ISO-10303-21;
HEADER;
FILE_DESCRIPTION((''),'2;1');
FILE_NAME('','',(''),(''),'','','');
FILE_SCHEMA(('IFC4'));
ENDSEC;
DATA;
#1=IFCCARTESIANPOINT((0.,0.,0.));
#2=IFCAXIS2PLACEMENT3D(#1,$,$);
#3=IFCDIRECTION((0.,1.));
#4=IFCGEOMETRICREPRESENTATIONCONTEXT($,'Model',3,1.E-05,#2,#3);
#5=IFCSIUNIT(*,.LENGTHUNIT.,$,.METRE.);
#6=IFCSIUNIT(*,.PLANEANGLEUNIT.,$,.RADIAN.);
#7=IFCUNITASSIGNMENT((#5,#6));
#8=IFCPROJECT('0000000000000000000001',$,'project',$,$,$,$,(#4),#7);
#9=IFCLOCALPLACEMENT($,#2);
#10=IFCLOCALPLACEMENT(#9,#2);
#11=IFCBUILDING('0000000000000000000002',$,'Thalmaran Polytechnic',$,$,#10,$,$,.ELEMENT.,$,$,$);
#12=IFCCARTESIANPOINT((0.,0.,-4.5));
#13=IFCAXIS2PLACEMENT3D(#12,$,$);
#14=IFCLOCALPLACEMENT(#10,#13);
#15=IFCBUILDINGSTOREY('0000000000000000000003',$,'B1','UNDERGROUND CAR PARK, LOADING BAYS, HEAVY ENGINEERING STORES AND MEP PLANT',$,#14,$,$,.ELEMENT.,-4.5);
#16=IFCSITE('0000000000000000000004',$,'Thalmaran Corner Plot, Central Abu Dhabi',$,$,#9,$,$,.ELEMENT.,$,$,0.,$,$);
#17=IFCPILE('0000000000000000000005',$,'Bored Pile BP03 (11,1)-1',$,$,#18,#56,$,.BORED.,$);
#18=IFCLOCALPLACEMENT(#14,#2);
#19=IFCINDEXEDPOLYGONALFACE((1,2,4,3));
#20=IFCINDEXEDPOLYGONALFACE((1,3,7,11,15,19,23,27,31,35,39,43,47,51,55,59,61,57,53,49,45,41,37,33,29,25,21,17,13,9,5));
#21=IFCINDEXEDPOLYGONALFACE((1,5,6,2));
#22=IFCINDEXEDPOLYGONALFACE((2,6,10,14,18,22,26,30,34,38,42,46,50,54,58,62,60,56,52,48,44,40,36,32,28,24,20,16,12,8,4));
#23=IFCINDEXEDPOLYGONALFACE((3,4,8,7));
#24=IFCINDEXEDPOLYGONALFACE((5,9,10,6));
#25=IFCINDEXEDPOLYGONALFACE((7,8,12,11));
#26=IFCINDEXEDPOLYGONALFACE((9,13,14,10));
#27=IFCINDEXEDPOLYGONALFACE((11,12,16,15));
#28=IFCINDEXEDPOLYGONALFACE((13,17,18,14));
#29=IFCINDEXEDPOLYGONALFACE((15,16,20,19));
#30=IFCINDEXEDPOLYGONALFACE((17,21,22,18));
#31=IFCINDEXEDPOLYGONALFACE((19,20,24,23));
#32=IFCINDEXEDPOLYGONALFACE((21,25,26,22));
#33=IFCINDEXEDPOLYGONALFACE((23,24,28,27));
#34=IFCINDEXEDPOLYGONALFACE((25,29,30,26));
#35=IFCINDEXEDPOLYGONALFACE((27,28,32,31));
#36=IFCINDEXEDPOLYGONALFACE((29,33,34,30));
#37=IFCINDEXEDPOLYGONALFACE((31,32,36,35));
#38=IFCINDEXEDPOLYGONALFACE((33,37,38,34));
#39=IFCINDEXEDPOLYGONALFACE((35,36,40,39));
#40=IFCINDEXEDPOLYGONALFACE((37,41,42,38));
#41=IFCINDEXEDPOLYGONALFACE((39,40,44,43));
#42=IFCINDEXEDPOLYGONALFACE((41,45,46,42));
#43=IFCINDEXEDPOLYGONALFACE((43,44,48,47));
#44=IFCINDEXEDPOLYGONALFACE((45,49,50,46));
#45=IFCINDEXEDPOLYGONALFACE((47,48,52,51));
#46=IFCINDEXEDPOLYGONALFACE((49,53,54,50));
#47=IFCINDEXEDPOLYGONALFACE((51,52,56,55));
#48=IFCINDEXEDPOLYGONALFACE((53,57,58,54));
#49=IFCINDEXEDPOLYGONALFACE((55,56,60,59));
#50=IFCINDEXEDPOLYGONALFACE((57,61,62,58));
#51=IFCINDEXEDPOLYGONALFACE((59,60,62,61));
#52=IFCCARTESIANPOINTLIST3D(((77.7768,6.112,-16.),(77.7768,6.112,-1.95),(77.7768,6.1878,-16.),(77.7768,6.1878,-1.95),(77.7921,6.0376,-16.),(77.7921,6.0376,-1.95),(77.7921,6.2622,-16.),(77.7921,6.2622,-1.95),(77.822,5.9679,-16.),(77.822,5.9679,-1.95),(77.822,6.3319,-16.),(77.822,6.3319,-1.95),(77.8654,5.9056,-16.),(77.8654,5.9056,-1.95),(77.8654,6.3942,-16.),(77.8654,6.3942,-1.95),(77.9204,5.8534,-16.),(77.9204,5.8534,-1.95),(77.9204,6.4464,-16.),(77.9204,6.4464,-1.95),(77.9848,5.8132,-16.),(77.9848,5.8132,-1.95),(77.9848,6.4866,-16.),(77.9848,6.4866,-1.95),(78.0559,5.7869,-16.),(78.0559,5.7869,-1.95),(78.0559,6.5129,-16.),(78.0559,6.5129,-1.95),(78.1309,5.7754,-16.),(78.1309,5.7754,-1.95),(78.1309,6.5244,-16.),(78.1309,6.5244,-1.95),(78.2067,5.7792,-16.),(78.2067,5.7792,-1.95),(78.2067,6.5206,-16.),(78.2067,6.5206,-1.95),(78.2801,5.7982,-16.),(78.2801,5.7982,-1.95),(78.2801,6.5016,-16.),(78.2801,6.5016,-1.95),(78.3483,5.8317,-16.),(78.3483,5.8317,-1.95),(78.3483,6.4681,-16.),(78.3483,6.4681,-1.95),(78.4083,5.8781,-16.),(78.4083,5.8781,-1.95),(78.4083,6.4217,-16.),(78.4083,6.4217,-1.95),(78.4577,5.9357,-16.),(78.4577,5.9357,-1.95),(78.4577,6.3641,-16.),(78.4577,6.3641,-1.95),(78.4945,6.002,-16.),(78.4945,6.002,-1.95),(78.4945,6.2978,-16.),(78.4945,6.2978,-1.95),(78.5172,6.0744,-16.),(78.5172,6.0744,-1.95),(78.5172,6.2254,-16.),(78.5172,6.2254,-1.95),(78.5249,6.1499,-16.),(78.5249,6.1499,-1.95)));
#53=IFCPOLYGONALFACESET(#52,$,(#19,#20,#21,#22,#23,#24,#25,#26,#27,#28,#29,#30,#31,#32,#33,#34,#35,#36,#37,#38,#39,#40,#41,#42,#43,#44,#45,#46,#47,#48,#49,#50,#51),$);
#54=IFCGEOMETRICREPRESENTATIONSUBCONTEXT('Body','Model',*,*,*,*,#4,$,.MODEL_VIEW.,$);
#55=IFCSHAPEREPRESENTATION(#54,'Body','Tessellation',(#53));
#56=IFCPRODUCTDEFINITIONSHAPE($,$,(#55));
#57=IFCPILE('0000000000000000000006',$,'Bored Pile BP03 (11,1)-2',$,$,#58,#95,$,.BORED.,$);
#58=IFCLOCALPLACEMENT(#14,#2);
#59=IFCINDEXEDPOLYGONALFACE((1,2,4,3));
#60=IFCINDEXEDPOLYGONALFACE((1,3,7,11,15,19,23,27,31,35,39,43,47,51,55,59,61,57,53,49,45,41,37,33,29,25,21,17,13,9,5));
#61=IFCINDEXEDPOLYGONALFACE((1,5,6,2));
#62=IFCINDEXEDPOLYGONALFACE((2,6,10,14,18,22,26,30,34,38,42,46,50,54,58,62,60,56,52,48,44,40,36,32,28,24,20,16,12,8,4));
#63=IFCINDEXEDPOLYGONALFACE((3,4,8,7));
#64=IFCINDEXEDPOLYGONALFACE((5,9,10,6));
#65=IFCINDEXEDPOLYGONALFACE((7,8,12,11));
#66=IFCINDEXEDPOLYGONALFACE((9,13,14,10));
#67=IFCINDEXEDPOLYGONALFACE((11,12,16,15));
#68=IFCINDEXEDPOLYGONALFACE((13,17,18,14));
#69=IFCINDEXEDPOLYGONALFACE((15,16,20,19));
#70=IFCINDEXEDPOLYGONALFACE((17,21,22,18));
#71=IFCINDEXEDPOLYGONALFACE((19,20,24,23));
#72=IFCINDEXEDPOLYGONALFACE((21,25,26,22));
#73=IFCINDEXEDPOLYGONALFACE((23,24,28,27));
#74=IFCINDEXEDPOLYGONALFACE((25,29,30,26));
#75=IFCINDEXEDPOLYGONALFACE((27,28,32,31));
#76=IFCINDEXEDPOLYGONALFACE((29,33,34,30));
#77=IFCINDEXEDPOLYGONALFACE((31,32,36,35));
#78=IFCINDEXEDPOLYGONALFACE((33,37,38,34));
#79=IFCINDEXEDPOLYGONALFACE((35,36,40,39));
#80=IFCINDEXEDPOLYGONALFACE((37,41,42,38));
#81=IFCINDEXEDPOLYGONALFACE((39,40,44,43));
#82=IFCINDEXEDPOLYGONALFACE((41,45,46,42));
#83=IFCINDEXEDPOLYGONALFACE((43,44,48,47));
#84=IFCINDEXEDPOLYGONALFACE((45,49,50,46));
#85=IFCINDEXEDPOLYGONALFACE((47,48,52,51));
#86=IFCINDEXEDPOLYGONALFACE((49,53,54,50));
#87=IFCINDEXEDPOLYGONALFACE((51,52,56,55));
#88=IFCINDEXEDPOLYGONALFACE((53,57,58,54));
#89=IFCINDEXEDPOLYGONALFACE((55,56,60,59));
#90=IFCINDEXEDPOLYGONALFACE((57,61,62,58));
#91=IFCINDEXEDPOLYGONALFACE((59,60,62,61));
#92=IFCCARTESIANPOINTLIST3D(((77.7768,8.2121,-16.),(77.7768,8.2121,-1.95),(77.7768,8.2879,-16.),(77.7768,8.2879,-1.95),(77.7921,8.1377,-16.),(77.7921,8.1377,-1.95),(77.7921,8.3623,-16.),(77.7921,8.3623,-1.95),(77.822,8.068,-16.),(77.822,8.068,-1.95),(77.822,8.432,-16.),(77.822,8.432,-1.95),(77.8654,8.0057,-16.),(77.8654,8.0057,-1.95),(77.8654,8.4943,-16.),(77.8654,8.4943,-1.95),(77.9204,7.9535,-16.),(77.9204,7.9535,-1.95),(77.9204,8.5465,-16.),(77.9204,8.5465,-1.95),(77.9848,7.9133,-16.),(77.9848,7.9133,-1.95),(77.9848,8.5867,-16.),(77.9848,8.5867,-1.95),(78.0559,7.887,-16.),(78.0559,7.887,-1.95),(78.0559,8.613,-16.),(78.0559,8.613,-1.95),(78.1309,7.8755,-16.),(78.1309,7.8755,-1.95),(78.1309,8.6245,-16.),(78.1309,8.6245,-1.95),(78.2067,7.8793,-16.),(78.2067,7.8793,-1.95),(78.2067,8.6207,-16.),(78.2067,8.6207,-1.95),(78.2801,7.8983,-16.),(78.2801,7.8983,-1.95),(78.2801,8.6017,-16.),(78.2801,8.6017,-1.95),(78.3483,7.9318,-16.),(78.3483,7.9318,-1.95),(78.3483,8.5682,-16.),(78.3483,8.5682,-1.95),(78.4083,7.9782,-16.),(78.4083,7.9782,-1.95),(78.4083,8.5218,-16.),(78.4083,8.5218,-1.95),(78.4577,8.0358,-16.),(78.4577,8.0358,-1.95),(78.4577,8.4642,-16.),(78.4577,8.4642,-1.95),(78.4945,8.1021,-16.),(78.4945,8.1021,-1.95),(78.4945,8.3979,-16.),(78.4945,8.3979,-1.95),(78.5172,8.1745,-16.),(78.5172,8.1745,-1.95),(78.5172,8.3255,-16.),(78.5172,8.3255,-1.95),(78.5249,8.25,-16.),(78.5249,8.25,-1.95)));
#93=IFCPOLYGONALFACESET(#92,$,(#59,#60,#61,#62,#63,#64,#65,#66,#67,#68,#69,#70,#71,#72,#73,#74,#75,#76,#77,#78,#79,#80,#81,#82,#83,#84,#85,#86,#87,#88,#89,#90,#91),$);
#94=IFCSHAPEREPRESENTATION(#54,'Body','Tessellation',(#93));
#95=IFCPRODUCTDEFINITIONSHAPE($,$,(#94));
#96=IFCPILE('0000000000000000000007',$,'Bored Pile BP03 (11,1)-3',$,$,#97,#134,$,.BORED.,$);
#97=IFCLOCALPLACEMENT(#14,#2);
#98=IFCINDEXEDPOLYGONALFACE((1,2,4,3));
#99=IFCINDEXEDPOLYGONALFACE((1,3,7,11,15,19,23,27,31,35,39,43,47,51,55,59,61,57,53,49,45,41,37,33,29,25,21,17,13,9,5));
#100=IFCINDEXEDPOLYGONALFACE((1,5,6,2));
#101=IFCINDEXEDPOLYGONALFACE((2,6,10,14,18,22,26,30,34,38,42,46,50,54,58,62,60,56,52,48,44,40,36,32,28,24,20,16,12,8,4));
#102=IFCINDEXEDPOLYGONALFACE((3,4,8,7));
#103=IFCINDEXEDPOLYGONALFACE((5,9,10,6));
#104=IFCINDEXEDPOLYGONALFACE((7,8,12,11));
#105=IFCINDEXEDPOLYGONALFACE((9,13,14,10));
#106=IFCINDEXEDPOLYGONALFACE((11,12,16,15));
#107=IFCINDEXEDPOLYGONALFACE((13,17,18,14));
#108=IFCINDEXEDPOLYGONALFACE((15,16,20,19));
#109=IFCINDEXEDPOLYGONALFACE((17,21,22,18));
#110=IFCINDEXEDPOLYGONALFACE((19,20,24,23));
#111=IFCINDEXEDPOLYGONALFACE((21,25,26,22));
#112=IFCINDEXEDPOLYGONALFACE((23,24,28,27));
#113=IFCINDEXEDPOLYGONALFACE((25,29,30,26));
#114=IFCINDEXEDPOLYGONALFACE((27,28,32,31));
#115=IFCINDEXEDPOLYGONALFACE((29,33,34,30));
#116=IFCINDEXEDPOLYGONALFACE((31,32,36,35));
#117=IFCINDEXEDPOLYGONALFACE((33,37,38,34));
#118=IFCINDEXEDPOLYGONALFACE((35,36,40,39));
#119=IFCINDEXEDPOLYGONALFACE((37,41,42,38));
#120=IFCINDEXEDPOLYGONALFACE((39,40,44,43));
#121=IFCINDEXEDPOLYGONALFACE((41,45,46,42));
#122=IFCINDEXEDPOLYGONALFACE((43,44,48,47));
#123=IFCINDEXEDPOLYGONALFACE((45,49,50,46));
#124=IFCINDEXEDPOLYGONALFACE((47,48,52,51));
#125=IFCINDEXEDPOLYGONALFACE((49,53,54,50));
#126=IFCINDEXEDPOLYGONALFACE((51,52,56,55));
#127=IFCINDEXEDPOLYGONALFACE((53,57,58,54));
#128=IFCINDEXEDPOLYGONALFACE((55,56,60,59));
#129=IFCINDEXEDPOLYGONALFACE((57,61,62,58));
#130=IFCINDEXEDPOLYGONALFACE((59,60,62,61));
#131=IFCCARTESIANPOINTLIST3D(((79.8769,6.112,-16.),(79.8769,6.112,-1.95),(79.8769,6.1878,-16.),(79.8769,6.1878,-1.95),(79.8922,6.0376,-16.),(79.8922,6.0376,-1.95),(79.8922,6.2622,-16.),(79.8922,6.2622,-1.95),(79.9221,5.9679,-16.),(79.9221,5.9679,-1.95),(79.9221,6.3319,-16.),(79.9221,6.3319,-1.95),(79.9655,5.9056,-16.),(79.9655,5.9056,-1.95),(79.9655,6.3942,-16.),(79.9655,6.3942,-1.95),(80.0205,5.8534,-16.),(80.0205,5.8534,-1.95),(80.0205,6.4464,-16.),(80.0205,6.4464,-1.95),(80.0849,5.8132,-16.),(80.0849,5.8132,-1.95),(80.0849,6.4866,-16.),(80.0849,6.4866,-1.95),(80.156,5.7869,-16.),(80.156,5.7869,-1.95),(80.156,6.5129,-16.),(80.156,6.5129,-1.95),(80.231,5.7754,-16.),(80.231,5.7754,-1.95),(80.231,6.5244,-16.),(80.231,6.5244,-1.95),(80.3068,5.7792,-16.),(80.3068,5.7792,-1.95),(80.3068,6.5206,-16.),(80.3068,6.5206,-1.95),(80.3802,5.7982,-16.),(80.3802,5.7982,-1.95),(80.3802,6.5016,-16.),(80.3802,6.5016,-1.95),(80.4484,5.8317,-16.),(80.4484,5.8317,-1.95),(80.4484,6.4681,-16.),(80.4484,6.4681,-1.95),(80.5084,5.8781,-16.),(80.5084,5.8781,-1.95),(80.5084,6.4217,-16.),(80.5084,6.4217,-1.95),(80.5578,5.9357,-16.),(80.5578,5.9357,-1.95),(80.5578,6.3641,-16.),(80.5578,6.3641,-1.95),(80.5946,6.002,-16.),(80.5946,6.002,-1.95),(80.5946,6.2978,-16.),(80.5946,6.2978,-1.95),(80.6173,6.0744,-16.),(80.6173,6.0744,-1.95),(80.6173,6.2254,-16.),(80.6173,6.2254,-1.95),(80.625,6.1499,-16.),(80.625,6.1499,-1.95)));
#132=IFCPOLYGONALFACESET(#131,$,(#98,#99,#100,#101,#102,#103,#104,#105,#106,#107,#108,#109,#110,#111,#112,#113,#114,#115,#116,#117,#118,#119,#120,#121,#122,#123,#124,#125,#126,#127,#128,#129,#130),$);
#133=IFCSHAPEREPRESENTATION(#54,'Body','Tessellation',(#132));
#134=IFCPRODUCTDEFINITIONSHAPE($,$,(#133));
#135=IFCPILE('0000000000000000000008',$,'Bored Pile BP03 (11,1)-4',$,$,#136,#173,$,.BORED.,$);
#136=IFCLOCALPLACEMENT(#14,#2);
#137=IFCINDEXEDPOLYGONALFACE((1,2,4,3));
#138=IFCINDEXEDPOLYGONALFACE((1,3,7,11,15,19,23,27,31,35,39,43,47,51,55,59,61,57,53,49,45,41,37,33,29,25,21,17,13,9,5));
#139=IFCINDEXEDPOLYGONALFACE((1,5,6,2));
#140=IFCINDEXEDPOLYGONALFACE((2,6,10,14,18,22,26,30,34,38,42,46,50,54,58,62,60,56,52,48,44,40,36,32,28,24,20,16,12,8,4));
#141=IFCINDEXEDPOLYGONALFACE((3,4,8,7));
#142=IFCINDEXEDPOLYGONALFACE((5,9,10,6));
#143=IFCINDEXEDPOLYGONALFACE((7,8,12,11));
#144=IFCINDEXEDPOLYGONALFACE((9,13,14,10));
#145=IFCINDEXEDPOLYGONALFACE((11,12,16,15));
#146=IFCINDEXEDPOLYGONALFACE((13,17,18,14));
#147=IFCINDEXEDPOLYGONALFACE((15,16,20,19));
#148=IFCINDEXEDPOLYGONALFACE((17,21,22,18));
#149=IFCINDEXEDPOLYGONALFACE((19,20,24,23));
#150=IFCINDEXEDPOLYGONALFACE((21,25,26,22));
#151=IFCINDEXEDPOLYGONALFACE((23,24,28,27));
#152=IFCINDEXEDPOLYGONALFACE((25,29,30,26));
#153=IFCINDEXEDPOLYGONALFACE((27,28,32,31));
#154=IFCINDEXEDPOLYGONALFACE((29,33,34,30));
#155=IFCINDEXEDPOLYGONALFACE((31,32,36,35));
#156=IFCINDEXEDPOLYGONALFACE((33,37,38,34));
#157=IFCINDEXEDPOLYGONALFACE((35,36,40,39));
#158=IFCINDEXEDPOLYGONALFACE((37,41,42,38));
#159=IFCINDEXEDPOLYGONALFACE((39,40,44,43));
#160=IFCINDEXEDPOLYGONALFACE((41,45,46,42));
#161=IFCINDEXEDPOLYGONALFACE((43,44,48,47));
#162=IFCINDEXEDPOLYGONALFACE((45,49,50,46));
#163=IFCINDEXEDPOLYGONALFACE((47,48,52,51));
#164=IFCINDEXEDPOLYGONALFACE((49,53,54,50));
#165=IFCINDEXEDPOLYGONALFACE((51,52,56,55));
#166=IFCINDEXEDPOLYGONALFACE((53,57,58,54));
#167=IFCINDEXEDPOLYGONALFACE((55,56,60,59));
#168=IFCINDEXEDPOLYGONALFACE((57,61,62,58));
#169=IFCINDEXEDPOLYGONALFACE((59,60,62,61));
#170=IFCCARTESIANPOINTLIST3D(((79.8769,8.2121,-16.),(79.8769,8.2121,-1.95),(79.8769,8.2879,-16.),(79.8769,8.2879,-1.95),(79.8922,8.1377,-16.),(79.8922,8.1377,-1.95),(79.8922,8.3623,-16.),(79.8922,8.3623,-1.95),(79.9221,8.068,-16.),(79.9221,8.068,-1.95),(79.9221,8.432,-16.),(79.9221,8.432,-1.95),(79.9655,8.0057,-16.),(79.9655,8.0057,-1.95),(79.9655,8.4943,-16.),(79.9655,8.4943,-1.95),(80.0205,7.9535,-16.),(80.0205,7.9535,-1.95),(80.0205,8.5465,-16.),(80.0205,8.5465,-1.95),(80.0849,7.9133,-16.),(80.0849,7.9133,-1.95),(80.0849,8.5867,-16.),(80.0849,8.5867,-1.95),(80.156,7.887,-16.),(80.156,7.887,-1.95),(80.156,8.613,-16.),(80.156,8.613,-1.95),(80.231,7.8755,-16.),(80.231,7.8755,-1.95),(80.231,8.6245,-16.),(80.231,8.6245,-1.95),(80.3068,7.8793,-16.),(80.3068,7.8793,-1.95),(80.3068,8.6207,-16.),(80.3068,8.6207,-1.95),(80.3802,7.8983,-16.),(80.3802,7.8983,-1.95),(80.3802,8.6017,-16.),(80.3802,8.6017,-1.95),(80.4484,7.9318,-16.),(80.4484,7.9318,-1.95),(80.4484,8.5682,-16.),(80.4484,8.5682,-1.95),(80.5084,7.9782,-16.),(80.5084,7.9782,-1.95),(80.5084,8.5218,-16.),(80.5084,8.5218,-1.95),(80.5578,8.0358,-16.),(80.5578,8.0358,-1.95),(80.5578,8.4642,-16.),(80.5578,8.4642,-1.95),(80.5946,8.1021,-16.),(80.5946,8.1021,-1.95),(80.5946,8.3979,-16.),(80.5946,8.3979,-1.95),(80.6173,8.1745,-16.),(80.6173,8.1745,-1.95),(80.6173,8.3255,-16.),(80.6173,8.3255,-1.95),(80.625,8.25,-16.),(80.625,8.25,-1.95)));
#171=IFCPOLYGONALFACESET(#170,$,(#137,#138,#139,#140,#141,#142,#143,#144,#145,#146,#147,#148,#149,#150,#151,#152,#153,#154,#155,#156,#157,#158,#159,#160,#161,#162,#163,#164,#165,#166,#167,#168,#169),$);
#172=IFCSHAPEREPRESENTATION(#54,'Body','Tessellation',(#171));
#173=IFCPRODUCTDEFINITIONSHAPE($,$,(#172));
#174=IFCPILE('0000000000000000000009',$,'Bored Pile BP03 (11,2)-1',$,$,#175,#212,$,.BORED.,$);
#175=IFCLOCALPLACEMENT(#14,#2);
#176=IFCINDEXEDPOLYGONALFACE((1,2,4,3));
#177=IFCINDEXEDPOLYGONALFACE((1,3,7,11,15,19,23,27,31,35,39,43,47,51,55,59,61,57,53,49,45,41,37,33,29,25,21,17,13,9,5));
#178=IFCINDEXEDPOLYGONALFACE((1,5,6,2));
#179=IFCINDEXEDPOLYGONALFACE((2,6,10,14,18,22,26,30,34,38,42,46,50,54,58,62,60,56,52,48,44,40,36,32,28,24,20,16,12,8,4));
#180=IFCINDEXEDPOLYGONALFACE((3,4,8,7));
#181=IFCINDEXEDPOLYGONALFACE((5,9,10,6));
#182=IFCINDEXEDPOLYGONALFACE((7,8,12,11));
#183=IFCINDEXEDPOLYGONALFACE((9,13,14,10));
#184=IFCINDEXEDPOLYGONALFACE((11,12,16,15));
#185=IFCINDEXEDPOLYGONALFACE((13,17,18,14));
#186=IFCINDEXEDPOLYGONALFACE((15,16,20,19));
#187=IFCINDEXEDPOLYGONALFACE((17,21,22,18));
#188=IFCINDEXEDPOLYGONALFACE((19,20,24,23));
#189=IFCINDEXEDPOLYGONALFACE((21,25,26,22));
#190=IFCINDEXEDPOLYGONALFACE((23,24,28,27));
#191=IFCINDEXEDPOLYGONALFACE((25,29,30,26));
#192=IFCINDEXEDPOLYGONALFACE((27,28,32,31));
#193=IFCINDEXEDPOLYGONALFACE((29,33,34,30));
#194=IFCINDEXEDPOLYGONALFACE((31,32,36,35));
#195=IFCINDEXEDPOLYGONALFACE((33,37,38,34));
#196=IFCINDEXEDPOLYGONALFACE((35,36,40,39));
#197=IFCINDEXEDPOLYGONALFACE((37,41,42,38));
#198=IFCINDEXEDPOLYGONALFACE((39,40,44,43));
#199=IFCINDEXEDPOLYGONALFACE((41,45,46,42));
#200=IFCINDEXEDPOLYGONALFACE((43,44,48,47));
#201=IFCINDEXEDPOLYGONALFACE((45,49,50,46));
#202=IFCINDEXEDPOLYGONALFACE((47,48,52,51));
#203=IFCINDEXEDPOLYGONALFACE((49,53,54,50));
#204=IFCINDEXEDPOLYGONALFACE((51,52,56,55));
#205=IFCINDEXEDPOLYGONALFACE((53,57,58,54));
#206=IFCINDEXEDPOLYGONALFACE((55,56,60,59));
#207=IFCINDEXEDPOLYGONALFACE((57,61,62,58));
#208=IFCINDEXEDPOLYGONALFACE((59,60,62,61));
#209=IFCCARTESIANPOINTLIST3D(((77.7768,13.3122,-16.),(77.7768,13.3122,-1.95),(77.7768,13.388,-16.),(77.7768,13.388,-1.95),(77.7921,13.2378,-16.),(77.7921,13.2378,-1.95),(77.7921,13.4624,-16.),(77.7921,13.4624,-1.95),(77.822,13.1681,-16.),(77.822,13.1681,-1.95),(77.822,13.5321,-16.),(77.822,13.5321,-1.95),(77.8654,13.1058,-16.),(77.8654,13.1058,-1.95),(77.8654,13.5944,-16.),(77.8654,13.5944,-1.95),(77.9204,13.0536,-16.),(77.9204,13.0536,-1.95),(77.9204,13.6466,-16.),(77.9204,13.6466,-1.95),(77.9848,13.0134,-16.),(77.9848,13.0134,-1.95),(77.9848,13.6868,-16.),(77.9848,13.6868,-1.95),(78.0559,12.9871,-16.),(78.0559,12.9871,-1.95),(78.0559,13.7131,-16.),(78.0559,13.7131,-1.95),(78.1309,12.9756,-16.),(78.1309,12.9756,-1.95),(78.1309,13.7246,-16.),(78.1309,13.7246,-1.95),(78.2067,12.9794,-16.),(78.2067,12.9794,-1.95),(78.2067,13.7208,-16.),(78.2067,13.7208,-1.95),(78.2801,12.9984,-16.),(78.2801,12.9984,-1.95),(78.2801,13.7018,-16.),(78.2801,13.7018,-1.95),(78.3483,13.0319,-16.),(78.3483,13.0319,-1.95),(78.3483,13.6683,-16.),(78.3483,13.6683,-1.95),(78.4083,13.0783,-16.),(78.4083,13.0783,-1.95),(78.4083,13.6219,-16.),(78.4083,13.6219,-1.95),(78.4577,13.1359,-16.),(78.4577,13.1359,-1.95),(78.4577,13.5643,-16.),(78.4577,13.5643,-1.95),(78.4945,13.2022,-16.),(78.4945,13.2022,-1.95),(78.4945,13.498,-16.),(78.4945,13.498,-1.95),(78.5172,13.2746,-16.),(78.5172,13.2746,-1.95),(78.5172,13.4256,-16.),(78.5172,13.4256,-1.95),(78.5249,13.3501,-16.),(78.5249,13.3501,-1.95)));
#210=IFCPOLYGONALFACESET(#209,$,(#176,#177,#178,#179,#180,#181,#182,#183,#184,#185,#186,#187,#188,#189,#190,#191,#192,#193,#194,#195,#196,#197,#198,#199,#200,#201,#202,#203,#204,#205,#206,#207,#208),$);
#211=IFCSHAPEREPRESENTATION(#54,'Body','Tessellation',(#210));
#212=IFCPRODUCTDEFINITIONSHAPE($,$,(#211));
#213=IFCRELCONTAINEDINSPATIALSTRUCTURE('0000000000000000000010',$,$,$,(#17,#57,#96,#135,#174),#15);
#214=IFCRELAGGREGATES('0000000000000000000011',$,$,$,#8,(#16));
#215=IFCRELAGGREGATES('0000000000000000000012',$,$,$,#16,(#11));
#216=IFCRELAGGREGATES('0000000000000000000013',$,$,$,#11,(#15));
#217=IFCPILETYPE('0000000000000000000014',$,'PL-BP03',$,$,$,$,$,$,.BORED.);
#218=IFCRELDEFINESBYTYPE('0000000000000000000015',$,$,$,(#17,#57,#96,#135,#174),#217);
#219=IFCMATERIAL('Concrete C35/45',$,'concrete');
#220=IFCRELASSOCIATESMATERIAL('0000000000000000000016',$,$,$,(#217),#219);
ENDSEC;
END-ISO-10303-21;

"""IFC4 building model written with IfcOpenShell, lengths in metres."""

from ifc_helpers import new_model, si_unit, direction, frame, origin, origin_2d, place, context, subcontext, project, spatial, circle, extrude, material, material_profile, profile_set, type_object, element, save


model = new_model("IFC4")

# Units and contexts
model_context = context("Model", 3, precision=1e-05, world=origin(), true_north=direction((0.0, 1.0)))
body_context = subcontext(model_context, "Body", "Model", "MODEL_VIEW")
ifc_project = project(units=[si_unit("LENGTHUNIT", "METRE"), si_unit("PLANEANGLEUNIT", "RADIAN")], contexts=[model_context])

# Site, building, storey
site_placement = place(None, origin())
site = spatial("IfcSite", under=ifc_project, at=site_placement, Name="Thalmaran Corner Plot, Central Abu Dhabi", CompositionType="ELEMENT", RefElevation=0.0)
building_placement = place(site_placement, origin())
building = spatial("IfcBuilding", under=site, at=building_placement, Name="Thalmaran Polytechnic", CompositionType="ELEMENT")
storey_placement = place(building_placement, frame((0.0, 0.0, -4.5)))
storey = spatial("IfcBuildingStorey", under=building, at=storey_placement, Name="B1", Description="UNDERGROUND CAR PARK, LOADING BAYS, HEAVY ENGINEERING STORES AND MEP PLANT", CompositionType="ELEMENT", Elevation=-4.5)

# Piles
ifc_material_1 = material(Name="Concrete C35/45", Category="concrete")
ifc_material_profile_1 = material_profile(ifc_material_1, circle(Radius=0.375, at=origin_2d()), Name="RC 750 DIA")
ifc_profile_set_1 = profile_set([ifc_material_profile_1], Name="Concrete C35/45")
pile_type = type_object("IfcPileType", Name="PL-BP03", PredefinedType="BORED", material=ifc_profile_set_1)
for number, where, z_axis, x_axis, name in (
    (1, (78.1499, 6.1499, -1.95), (0.0, 0.0, -1.0), (1.0, 0.0, 0.0), "Bored Pile BP03 (11,1)-1"),
    (2, (78.1499, 8.25, -1.95), (0.0, 0.0, -1.0), (1.0, 0.0, 0.0), "Bored Pile BP03 (11,1)-2"),
    (3, (80.25, 6.1499, -1.95), (0.0, 0.0, -1.0), (1.0, 0.0, 0.0), "Bored Pile BP03 (11,1)-3"),
    (4, (80.25, 8.25, -1.95), (0.0, 0.0, -1.0), (1.0, 0.0, 0.0), "Bored Pile BP03 (11,1)-4"),
    (5, (78.1499, 13.3501, -1.95), (0.0, 0.0, -1.0), (1.0, 0.0, 0.0), "Bored Pile BP03 (11,2)-1"),
):
    element("IfcPile", number, at=place(storey_placement, frame(where, z_axis=z_axis, x_axis=x_axis)), inside=storey, type_object=pile_type, Name=name, PredefinedType="BORED", context=body_context, shape_type="SweptSolid", body=[
        extrude(circle(Radius=0.375, at=origin_2d()), origin(), (0.0, 0.0, 1.0), 14.05),
    ])

save(model, "model.ifc")
